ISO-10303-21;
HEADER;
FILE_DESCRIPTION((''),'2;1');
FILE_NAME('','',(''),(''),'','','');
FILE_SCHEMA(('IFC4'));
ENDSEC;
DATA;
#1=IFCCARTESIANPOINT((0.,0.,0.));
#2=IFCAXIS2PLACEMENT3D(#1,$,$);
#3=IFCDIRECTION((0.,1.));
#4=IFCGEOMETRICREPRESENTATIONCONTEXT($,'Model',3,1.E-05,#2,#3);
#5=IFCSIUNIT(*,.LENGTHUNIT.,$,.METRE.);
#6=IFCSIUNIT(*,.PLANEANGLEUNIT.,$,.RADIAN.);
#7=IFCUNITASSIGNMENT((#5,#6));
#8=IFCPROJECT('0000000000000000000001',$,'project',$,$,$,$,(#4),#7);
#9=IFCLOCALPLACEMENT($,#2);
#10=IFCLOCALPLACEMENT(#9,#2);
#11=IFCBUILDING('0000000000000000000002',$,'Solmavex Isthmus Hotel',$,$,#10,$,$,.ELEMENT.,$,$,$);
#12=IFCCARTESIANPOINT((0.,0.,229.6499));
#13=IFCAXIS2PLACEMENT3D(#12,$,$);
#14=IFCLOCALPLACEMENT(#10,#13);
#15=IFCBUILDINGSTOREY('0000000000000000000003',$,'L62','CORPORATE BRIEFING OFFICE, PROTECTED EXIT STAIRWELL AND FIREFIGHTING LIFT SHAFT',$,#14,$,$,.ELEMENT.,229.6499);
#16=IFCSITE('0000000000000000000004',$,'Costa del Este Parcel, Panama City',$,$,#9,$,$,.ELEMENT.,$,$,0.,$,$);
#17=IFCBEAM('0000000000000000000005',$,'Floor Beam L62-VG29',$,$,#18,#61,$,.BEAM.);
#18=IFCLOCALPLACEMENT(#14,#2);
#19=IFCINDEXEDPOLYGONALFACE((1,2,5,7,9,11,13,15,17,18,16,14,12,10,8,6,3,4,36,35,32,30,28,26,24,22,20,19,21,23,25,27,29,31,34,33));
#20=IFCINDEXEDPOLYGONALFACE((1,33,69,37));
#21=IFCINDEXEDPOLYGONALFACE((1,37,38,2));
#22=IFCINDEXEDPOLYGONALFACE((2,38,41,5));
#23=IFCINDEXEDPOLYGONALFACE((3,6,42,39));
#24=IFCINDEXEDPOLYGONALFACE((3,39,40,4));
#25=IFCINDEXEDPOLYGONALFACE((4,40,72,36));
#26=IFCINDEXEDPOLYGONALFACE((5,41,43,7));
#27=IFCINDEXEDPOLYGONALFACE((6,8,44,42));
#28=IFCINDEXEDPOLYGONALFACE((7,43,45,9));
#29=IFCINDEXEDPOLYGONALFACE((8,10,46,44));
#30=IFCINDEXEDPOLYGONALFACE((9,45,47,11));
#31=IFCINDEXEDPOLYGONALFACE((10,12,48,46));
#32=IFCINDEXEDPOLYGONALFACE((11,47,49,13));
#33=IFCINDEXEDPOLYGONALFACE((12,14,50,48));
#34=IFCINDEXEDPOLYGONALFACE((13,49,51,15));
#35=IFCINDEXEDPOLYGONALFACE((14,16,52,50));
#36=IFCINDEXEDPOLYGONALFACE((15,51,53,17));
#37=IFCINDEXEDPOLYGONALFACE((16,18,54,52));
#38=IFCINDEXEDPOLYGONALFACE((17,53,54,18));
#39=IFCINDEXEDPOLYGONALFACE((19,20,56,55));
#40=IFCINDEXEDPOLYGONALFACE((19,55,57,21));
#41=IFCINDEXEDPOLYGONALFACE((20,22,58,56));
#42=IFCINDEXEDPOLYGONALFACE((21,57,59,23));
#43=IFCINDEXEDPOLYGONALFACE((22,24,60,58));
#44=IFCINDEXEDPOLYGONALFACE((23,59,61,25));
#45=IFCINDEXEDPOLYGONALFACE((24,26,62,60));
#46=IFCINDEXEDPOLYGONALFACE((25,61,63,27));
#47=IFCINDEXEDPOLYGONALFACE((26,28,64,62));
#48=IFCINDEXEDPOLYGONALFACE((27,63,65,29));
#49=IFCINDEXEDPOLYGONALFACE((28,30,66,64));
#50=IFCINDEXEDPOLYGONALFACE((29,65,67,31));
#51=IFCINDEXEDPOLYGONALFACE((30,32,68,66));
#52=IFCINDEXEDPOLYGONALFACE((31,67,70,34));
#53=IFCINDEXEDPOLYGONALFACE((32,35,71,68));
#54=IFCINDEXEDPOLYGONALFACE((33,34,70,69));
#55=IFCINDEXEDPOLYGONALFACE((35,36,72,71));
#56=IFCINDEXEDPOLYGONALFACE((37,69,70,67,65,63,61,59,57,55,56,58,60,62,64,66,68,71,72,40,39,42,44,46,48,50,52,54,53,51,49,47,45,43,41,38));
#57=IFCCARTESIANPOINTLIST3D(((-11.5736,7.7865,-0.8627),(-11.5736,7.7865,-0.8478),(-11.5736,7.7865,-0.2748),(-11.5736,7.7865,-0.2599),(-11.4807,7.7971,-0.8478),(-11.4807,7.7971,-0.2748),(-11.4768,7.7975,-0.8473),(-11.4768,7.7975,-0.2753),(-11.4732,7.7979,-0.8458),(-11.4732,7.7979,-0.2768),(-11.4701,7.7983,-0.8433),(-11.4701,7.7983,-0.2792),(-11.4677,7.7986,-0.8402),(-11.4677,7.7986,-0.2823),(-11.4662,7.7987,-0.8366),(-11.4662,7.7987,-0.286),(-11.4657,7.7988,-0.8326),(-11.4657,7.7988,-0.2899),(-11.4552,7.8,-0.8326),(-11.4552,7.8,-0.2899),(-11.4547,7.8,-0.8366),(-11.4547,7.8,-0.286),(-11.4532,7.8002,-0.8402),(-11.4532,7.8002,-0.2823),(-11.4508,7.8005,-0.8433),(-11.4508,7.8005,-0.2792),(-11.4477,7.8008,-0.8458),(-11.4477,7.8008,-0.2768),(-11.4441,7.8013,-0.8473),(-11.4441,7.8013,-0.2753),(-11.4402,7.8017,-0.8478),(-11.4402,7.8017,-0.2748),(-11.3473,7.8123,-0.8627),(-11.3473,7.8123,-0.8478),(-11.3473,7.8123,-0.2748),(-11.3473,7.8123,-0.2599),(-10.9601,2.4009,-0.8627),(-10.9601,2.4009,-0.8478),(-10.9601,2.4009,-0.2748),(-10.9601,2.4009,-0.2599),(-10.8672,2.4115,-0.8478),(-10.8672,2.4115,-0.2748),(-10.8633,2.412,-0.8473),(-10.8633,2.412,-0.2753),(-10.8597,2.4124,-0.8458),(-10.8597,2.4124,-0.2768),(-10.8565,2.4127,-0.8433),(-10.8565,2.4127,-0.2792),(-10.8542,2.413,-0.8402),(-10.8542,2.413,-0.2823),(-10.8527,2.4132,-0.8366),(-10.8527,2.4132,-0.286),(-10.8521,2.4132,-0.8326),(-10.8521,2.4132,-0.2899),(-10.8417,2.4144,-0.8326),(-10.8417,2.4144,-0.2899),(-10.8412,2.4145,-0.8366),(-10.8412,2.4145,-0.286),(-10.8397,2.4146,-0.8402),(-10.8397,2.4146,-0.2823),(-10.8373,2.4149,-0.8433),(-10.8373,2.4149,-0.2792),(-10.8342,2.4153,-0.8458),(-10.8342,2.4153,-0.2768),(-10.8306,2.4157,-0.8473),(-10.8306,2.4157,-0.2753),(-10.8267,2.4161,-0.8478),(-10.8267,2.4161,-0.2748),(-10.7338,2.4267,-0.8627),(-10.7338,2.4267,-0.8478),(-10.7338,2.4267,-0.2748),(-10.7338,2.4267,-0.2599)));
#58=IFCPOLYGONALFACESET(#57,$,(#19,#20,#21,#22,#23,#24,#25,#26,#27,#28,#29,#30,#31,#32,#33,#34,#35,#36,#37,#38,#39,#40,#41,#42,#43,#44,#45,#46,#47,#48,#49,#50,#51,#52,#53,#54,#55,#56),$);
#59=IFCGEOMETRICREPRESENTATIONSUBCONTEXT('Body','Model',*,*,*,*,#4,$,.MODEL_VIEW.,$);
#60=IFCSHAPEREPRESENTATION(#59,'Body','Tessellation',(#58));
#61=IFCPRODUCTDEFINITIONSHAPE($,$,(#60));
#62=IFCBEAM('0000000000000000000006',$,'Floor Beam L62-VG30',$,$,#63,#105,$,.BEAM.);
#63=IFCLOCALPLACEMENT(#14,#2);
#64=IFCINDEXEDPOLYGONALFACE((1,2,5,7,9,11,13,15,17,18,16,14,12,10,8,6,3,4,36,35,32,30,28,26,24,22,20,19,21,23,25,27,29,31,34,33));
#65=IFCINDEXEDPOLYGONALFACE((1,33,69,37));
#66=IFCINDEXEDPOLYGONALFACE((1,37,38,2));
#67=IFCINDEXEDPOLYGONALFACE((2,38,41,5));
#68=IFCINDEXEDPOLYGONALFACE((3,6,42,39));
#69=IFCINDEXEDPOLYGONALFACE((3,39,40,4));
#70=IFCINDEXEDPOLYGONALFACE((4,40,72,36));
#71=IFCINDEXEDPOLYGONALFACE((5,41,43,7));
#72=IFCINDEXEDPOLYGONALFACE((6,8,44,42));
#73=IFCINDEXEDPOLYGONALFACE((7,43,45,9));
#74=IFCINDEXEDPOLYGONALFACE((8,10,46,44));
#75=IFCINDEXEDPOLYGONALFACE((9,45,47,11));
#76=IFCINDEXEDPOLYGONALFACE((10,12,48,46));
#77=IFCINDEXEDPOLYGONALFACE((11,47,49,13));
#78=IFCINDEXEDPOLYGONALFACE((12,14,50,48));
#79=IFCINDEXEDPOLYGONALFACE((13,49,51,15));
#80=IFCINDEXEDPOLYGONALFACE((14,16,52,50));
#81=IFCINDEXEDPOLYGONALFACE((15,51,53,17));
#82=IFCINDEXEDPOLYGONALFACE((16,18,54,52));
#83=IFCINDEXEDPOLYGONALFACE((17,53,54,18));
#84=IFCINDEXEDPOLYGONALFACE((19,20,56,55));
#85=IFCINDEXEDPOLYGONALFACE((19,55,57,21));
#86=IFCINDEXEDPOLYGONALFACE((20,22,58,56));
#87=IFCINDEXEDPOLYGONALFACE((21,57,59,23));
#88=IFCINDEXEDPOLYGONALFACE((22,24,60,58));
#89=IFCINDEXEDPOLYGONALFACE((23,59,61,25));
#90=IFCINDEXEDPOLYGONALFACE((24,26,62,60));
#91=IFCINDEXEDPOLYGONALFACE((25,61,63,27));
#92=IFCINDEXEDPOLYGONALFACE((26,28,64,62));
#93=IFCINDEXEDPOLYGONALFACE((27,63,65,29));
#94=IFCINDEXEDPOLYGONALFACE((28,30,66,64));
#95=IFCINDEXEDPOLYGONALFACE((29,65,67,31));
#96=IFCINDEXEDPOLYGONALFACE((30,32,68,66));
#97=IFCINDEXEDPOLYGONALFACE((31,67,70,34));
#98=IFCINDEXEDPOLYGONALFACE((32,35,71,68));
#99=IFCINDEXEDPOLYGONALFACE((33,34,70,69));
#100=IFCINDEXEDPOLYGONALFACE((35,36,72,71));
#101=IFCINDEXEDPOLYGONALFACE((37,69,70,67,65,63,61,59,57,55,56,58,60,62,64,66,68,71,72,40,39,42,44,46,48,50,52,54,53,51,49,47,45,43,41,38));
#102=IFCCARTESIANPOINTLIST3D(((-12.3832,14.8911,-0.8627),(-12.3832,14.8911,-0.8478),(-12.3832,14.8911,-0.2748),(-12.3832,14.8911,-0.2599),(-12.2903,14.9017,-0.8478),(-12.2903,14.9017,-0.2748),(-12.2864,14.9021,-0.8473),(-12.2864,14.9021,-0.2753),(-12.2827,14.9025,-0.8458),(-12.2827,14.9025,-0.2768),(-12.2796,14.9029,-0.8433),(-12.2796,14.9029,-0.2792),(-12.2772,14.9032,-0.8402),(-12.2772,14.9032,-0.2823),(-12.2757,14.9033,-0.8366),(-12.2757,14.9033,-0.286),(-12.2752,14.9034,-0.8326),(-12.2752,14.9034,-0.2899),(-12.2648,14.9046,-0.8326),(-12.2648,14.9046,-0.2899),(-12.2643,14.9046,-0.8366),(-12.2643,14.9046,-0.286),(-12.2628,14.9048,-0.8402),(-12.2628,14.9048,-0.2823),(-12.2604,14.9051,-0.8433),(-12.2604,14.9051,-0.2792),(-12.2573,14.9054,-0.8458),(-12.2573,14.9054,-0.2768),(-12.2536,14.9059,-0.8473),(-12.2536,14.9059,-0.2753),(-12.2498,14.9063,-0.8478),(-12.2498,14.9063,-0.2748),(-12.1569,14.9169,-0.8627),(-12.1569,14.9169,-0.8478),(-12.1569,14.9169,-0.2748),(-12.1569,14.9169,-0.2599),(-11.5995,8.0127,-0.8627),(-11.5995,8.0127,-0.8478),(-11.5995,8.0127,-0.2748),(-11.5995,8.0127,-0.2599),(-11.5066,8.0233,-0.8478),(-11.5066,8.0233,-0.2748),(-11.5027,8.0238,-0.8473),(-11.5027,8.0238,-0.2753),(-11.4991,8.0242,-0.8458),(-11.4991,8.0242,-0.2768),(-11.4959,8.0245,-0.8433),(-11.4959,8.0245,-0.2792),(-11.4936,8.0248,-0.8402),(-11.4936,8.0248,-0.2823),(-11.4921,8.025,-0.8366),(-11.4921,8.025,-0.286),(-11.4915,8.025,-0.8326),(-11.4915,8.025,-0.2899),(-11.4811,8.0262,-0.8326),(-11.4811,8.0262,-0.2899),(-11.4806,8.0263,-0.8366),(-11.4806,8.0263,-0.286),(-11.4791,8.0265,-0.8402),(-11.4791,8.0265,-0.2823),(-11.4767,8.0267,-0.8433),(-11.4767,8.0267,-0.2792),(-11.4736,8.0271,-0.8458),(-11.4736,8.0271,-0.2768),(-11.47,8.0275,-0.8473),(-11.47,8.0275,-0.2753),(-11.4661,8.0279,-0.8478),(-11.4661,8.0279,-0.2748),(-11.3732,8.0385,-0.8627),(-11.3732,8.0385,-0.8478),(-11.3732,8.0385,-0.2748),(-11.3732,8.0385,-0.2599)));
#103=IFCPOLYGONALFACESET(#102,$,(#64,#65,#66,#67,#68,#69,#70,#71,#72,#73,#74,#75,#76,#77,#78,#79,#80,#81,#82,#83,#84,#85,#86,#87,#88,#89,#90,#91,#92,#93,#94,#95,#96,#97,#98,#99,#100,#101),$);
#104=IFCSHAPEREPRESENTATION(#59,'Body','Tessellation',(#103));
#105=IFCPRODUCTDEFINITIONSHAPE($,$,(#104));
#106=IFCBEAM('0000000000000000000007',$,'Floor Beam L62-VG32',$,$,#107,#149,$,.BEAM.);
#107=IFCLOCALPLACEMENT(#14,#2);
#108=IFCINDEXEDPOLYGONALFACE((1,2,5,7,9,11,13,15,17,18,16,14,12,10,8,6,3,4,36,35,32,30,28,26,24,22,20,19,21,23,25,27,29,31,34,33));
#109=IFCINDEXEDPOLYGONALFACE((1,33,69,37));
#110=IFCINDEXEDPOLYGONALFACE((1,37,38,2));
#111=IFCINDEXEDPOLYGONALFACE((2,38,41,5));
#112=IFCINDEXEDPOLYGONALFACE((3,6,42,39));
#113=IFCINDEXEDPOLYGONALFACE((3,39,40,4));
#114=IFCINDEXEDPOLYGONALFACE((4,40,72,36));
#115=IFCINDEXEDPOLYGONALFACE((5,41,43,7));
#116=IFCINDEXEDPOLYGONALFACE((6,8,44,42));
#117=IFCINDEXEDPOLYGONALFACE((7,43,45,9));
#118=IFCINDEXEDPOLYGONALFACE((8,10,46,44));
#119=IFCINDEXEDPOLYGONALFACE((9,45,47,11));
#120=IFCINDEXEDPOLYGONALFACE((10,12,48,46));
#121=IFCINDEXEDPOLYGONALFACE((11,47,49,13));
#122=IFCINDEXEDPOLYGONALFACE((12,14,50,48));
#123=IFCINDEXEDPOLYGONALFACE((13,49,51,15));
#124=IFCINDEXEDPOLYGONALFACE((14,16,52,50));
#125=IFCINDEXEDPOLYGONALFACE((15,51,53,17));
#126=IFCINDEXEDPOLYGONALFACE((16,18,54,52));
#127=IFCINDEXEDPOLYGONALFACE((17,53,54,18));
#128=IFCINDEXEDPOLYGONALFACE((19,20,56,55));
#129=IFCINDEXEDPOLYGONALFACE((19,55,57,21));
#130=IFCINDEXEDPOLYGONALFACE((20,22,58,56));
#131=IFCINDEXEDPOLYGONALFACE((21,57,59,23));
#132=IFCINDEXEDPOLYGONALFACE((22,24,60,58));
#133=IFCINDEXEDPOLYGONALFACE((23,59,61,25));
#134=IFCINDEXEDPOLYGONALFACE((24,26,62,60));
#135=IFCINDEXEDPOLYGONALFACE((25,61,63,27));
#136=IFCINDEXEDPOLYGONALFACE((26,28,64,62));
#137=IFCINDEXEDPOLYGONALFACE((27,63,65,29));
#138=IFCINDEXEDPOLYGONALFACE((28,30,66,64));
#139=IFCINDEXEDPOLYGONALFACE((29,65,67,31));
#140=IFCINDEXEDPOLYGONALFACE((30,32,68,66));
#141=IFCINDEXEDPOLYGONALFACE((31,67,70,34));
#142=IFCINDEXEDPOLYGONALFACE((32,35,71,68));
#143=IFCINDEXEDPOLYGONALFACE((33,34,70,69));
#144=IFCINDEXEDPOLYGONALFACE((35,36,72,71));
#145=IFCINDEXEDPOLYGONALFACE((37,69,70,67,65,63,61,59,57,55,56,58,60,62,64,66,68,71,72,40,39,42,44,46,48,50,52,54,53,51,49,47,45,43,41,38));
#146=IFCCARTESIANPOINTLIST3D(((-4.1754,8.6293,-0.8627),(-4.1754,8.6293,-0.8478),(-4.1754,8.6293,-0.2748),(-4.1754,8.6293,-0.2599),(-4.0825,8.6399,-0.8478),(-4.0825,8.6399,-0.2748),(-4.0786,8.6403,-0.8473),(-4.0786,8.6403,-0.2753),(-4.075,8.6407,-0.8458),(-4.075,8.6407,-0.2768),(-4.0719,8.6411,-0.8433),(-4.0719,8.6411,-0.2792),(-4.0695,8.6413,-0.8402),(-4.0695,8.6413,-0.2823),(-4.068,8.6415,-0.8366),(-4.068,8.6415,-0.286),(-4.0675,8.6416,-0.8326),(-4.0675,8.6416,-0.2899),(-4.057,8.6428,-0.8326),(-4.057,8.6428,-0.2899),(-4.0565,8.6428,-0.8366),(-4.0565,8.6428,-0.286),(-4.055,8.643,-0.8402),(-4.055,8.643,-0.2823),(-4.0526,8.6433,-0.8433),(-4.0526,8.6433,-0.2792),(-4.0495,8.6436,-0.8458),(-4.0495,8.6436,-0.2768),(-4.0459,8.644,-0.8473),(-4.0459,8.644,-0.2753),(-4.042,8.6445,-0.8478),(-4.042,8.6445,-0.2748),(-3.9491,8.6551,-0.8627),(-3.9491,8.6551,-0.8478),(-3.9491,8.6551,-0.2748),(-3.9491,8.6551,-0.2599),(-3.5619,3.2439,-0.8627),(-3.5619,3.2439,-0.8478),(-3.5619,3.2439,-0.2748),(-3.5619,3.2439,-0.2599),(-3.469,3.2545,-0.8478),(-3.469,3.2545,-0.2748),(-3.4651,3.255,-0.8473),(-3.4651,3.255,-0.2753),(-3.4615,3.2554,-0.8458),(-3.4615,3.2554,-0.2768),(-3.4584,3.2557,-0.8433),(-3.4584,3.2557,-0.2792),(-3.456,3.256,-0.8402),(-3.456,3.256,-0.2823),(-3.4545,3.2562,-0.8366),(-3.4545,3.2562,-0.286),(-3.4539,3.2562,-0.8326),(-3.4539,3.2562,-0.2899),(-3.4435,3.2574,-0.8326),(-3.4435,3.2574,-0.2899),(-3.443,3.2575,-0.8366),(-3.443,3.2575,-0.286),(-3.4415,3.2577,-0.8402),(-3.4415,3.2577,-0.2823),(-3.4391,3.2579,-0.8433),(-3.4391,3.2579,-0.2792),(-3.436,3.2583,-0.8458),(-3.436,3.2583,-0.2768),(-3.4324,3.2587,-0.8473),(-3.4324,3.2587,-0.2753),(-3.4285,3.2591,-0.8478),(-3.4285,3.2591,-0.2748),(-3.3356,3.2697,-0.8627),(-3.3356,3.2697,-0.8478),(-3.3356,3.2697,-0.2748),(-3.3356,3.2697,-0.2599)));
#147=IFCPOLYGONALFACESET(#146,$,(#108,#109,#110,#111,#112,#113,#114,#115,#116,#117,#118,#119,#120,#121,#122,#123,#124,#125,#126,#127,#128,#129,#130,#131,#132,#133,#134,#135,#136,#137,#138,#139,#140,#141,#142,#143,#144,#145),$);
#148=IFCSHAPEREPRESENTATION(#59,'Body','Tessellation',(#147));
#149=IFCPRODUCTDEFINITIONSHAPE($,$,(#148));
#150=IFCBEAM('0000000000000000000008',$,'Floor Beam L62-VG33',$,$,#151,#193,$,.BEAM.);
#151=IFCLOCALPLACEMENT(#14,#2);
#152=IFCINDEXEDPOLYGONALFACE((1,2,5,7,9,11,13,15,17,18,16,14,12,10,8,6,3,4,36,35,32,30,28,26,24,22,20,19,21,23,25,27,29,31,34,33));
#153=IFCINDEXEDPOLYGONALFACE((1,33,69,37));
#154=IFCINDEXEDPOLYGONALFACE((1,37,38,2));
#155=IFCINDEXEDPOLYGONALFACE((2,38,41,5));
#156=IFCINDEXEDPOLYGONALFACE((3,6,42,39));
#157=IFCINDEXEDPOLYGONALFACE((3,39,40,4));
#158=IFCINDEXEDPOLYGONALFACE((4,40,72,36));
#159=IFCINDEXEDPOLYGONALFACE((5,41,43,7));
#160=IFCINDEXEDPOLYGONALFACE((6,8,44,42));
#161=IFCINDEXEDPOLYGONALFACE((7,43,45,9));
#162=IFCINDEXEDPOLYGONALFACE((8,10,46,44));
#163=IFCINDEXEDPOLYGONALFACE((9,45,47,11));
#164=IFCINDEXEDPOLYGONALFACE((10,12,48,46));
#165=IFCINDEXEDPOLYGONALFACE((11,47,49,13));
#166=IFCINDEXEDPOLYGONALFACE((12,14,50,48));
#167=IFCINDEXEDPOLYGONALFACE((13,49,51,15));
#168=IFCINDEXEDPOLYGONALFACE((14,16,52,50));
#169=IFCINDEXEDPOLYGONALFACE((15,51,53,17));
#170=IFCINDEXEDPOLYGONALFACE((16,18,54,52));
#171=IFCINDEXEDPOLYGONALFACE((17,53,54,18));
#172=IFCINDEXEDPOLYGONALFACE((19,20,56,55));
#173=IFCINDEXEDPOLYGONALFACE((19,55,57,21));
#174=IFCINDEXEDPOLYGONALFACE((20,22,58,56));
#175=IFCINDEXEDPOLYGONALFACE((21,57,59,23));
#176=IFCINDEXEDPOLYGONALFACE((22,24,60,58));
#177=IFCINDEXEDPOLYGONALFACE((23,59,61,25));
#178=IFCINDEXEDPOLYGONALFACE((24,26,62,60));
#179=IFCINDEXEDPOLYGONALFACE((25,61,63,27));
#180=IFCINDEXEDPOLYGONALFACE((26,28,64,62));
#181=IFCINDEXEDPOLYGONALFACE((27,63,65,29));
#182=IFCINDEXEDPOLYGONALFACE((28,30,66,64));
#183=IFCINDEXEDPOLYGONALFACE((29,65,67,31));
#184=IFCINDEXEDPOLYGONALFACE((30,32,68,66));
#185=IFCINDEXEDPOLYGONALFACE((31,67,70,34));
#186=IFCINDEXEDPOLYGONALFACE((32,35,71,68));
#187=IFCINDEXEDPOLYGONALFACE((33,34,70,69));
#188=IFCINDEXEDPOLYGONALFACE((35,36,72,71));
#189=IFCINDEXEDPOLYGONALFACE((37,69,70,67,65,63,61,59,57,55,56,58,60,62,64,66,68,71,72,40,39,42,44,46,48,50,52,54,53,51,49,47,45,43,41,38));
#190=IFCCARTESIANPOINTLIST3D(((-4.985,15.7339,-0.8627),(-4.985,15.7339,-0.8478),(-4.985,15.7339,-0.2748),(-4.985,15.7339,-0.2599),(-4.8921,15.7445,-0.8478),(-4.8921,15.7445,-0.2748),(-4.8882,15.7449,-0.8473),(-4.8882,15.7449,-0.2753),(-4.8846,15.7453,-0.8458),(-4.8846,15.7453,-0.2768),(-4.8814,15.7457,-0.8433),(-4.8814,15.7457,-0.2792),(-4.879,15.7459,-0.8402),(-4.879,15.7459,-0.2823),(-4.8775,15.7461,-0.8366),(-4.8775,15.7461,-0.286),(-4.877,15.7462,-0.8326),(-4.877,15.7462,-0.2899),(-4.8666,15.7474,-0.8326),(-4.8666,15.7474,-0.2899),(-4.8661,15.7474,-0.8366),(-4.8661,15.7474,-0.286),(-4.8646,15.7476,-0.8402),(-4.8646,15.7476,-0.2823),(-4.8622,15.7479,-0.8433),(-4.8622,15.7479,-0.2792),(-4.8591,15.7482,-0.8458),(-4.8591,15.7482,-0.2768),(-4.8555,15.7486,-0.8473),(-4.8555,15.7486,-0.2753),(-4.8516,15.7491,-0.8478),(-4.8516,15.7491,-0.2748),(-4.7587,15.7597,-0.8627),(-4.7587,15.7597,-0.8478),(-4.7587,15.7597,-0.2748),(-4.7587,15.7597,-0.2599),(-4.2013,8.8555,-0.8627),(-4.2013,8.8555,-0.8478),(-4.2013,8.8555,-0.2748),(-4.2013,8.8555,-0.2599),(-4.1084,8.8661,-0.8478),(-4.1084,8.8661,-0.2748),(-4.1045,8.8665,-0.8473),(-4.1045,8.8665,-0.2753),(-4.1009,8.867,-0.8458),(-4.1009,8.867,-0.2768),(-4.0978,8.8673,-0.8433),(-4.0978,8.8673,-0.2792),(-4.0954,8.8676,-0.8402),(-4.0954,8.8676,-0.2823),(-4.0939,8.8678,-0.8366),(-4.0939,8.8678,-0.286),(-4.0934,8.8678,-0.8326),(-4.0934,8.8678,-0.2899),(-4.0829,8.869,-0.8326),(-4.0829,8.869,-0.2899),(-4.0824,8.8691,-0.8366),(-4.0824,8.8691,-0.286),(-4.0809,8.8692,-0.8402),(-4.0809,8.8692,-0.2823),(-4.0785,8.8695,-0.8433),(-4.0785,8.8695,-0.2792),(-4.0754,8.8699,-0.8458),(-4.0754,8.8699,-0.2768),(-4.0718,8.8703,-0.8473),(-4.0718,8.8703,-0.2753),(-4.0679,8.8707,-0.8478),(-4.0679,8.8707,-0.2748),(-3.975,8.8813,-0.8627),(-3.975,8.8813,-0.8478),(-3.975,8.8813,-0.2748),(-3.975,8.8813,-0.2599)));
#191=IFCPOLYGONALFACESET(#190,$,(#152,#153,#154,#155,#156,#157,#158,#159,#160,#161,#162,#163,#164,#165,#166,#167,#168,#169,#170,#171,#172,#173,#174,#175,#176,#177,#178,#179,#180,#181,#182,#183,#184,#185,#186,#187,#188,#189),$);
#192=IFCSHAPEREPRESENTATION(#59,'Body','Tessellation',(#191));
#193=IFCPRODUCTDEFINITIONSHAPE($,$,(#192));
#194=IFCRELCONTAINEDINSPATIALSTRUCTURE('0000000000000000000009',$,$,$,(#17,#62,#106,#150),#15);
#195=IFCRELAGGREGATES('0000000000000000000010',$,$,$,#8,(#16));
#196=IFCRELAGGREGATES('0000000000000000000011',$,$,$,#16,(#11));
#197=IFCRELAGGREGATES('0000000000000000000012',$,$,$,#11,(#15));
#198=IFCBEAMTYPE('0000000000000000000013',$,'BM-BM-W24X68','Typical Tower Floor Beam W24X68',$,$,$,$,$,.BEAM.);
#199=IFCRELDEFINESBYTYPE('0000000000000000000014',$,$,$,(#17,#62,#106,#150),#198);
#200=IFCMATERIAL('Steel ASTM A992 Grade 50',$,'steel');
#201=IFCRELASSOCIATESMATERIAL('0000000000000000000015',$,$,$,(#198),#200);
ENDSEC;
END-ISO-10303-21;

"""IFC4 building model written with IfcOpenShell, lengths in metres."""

from ifc_helpers import new_model, si_unit, direction, frame, origin, origin_2d, place, context, subcontext, project, spatial, i_section, extrude, material, material_profile, profile_set, type_object, element, save


model = new_model("IFC4")

# Units and contexts
model_context = context("Model", 3, precision=1e-05, world=origin(), true_north=direction((0.0, 1.0)))
body_context = subcontext(model_context, "Body", "Model", "MODEL_VIEW")
ifc_project = project(units=[si_unit("LENGTHUNIT", "METRE"), si_unit("PLANEANGLEUNIT", "RADIAN")], contexts=[model_context])

# Site, building, storey
site_placement = place(None, origin())
site = spatial("IfcSite", under=ifc_project, at=site_placement, Name="Costa del Este Parcel, Panama City", CompositionType="ELEMENT", RefElevation=0.0)
building_placement = place(site_placement, origin())
building = spatial("IfcBuilding", under=site, at=building_placement, Name="Solmavex Isthmus Hotel", CompositionType="ELEMENT")
storey_placement = place(building_placement, frame((0.0, 0.0, 229.6499)))
storey = spatial("IfcBuildingStorey", under=building, at=storey_placement, Name="L62", Description="CORPORATE BRIEFING OFFICE, PROTECTED EXIT STAIRWELL AND FIREFIGHTING LIFT SHAFT", CompositionType="ELEMENT", Elevation=229.6499)

# Beams
ifc_material_1 = material(Name="Steel ASTM A992 Grade 50", Category="steel")
ifc_material_profile_1 = material_profile(ifc_material_1, i_section(OverallWidth=0.2278, OverallDepth=0.6028, WebThickness=0.0105, FlangeThickness=0.0149, FilletRadius=0.0151, at=origin_2d()), Name="W24X68")
ifc_profile_set_1 = profile_set([ifc_material_profile_1], Name="Steel ASTM A992 Grade 50")
beam_type_1 = type_object("IfcBeamType", Name="BM-BM-W24X68", Description="Typical Tower Floor Beam W24X68", PredefinedType="BEAM", material=ifc_profile_set_1)
beam_1_placement = place(storey_placement, frame((-10.8469, 2.4138, -0.5613), z_axis=(-0.11319, 0.993573, 0.0), x_axis=(-0.993573, -0.11319, 0.0)))
element("IfcBeam", 1, at=beam_1_placement, inside=storey, type_object=beam_type_1, Name="Floor Beam L62-VG29", PredefinedType="BEAM", context=body_context, shape_type="SweptSolid", body=[
    extrude(i_section(OverallWidth=0.2278, OverallDepth=0.6028, WebThickness=0.0105, FlangeThickness=0.0149, FilletRadius=0.0151, at=origin_2d()), origin(), (0.0, 0.0, 1.0), 5.4204),
])
beam_2_placement = place(storey_placement, frame((-11.4863, 8.0256, -0.5613), z_axis=(-0.113202, 0.993572, 0.0), x_axis=(-0.993572, -0.113202, 0.0)))
element("IfcBeam", 2, at=beam_2_placement, inside=storey, type_object=beam_type_1, Name="Floor Beam L62-VG30", PredefinedType="BEAM", context=body_context, shape_type="SweptSolid", body=[
    extrude(i_section(OverallWidth=0.2278, OverallDepth=0.6028, WebThickness=0.0105, FlangeThickness=0.0149, FilletRadius=0.0151, at=origin_2d()), origin(), (0.0, 0.0, 1.0), 6.9229),
])
beam_3_placement = place(storey_placement, frame((-3.4487, 3.2568, -0.5613), z_axis=(-0.113195, 0.993573, 0.0), x_axis=(-0.993573, -0.113195, 0.0)))
element("IfcBeam", 3, at=beam_3_placement, inside=storey, type_object=beam_type_1, Name="Floor Beam L62-VG32", PredefinedType="BEAM", context=body_context, shape_type="SweptSolid", body=[
    extrude(i_section(OverallWidth=0.2278, OverallDepth=0.6028, WebThickness=0.0105, FlangeThickness=0.0149, FilletRadius=0.0151, at=origin_2d()), origin(), (0.0, 0.0, 1.0), 5.4202),
])
beam_4_placement = place(storey_placement, frame((-4.0881, 8.8684, -0.5613), z_axis=(-0.113202, 0.993572, 0.0), x_axis=(-0.993572, -0.113202, 0.0)))
element("IfcBeam", 4, at=beam_4_placement, inside=storey, type_object=beam_type_1, Name="Floor Beam L62-VG33", PredefinedType="BEAM", context=body_context, shape_type="SweptSolid", body=[
    extrude(i_section(OverallWidth=0.2278, OverallDepth=0.6028, WebThickness=0.0105, FlangeThickness=0.0149, FilletRadius=0.0151, at=origin_2d()), origin(), (0.0, 0.0, 1.0), 6.9229),
])

save(model, "model.ifc")
